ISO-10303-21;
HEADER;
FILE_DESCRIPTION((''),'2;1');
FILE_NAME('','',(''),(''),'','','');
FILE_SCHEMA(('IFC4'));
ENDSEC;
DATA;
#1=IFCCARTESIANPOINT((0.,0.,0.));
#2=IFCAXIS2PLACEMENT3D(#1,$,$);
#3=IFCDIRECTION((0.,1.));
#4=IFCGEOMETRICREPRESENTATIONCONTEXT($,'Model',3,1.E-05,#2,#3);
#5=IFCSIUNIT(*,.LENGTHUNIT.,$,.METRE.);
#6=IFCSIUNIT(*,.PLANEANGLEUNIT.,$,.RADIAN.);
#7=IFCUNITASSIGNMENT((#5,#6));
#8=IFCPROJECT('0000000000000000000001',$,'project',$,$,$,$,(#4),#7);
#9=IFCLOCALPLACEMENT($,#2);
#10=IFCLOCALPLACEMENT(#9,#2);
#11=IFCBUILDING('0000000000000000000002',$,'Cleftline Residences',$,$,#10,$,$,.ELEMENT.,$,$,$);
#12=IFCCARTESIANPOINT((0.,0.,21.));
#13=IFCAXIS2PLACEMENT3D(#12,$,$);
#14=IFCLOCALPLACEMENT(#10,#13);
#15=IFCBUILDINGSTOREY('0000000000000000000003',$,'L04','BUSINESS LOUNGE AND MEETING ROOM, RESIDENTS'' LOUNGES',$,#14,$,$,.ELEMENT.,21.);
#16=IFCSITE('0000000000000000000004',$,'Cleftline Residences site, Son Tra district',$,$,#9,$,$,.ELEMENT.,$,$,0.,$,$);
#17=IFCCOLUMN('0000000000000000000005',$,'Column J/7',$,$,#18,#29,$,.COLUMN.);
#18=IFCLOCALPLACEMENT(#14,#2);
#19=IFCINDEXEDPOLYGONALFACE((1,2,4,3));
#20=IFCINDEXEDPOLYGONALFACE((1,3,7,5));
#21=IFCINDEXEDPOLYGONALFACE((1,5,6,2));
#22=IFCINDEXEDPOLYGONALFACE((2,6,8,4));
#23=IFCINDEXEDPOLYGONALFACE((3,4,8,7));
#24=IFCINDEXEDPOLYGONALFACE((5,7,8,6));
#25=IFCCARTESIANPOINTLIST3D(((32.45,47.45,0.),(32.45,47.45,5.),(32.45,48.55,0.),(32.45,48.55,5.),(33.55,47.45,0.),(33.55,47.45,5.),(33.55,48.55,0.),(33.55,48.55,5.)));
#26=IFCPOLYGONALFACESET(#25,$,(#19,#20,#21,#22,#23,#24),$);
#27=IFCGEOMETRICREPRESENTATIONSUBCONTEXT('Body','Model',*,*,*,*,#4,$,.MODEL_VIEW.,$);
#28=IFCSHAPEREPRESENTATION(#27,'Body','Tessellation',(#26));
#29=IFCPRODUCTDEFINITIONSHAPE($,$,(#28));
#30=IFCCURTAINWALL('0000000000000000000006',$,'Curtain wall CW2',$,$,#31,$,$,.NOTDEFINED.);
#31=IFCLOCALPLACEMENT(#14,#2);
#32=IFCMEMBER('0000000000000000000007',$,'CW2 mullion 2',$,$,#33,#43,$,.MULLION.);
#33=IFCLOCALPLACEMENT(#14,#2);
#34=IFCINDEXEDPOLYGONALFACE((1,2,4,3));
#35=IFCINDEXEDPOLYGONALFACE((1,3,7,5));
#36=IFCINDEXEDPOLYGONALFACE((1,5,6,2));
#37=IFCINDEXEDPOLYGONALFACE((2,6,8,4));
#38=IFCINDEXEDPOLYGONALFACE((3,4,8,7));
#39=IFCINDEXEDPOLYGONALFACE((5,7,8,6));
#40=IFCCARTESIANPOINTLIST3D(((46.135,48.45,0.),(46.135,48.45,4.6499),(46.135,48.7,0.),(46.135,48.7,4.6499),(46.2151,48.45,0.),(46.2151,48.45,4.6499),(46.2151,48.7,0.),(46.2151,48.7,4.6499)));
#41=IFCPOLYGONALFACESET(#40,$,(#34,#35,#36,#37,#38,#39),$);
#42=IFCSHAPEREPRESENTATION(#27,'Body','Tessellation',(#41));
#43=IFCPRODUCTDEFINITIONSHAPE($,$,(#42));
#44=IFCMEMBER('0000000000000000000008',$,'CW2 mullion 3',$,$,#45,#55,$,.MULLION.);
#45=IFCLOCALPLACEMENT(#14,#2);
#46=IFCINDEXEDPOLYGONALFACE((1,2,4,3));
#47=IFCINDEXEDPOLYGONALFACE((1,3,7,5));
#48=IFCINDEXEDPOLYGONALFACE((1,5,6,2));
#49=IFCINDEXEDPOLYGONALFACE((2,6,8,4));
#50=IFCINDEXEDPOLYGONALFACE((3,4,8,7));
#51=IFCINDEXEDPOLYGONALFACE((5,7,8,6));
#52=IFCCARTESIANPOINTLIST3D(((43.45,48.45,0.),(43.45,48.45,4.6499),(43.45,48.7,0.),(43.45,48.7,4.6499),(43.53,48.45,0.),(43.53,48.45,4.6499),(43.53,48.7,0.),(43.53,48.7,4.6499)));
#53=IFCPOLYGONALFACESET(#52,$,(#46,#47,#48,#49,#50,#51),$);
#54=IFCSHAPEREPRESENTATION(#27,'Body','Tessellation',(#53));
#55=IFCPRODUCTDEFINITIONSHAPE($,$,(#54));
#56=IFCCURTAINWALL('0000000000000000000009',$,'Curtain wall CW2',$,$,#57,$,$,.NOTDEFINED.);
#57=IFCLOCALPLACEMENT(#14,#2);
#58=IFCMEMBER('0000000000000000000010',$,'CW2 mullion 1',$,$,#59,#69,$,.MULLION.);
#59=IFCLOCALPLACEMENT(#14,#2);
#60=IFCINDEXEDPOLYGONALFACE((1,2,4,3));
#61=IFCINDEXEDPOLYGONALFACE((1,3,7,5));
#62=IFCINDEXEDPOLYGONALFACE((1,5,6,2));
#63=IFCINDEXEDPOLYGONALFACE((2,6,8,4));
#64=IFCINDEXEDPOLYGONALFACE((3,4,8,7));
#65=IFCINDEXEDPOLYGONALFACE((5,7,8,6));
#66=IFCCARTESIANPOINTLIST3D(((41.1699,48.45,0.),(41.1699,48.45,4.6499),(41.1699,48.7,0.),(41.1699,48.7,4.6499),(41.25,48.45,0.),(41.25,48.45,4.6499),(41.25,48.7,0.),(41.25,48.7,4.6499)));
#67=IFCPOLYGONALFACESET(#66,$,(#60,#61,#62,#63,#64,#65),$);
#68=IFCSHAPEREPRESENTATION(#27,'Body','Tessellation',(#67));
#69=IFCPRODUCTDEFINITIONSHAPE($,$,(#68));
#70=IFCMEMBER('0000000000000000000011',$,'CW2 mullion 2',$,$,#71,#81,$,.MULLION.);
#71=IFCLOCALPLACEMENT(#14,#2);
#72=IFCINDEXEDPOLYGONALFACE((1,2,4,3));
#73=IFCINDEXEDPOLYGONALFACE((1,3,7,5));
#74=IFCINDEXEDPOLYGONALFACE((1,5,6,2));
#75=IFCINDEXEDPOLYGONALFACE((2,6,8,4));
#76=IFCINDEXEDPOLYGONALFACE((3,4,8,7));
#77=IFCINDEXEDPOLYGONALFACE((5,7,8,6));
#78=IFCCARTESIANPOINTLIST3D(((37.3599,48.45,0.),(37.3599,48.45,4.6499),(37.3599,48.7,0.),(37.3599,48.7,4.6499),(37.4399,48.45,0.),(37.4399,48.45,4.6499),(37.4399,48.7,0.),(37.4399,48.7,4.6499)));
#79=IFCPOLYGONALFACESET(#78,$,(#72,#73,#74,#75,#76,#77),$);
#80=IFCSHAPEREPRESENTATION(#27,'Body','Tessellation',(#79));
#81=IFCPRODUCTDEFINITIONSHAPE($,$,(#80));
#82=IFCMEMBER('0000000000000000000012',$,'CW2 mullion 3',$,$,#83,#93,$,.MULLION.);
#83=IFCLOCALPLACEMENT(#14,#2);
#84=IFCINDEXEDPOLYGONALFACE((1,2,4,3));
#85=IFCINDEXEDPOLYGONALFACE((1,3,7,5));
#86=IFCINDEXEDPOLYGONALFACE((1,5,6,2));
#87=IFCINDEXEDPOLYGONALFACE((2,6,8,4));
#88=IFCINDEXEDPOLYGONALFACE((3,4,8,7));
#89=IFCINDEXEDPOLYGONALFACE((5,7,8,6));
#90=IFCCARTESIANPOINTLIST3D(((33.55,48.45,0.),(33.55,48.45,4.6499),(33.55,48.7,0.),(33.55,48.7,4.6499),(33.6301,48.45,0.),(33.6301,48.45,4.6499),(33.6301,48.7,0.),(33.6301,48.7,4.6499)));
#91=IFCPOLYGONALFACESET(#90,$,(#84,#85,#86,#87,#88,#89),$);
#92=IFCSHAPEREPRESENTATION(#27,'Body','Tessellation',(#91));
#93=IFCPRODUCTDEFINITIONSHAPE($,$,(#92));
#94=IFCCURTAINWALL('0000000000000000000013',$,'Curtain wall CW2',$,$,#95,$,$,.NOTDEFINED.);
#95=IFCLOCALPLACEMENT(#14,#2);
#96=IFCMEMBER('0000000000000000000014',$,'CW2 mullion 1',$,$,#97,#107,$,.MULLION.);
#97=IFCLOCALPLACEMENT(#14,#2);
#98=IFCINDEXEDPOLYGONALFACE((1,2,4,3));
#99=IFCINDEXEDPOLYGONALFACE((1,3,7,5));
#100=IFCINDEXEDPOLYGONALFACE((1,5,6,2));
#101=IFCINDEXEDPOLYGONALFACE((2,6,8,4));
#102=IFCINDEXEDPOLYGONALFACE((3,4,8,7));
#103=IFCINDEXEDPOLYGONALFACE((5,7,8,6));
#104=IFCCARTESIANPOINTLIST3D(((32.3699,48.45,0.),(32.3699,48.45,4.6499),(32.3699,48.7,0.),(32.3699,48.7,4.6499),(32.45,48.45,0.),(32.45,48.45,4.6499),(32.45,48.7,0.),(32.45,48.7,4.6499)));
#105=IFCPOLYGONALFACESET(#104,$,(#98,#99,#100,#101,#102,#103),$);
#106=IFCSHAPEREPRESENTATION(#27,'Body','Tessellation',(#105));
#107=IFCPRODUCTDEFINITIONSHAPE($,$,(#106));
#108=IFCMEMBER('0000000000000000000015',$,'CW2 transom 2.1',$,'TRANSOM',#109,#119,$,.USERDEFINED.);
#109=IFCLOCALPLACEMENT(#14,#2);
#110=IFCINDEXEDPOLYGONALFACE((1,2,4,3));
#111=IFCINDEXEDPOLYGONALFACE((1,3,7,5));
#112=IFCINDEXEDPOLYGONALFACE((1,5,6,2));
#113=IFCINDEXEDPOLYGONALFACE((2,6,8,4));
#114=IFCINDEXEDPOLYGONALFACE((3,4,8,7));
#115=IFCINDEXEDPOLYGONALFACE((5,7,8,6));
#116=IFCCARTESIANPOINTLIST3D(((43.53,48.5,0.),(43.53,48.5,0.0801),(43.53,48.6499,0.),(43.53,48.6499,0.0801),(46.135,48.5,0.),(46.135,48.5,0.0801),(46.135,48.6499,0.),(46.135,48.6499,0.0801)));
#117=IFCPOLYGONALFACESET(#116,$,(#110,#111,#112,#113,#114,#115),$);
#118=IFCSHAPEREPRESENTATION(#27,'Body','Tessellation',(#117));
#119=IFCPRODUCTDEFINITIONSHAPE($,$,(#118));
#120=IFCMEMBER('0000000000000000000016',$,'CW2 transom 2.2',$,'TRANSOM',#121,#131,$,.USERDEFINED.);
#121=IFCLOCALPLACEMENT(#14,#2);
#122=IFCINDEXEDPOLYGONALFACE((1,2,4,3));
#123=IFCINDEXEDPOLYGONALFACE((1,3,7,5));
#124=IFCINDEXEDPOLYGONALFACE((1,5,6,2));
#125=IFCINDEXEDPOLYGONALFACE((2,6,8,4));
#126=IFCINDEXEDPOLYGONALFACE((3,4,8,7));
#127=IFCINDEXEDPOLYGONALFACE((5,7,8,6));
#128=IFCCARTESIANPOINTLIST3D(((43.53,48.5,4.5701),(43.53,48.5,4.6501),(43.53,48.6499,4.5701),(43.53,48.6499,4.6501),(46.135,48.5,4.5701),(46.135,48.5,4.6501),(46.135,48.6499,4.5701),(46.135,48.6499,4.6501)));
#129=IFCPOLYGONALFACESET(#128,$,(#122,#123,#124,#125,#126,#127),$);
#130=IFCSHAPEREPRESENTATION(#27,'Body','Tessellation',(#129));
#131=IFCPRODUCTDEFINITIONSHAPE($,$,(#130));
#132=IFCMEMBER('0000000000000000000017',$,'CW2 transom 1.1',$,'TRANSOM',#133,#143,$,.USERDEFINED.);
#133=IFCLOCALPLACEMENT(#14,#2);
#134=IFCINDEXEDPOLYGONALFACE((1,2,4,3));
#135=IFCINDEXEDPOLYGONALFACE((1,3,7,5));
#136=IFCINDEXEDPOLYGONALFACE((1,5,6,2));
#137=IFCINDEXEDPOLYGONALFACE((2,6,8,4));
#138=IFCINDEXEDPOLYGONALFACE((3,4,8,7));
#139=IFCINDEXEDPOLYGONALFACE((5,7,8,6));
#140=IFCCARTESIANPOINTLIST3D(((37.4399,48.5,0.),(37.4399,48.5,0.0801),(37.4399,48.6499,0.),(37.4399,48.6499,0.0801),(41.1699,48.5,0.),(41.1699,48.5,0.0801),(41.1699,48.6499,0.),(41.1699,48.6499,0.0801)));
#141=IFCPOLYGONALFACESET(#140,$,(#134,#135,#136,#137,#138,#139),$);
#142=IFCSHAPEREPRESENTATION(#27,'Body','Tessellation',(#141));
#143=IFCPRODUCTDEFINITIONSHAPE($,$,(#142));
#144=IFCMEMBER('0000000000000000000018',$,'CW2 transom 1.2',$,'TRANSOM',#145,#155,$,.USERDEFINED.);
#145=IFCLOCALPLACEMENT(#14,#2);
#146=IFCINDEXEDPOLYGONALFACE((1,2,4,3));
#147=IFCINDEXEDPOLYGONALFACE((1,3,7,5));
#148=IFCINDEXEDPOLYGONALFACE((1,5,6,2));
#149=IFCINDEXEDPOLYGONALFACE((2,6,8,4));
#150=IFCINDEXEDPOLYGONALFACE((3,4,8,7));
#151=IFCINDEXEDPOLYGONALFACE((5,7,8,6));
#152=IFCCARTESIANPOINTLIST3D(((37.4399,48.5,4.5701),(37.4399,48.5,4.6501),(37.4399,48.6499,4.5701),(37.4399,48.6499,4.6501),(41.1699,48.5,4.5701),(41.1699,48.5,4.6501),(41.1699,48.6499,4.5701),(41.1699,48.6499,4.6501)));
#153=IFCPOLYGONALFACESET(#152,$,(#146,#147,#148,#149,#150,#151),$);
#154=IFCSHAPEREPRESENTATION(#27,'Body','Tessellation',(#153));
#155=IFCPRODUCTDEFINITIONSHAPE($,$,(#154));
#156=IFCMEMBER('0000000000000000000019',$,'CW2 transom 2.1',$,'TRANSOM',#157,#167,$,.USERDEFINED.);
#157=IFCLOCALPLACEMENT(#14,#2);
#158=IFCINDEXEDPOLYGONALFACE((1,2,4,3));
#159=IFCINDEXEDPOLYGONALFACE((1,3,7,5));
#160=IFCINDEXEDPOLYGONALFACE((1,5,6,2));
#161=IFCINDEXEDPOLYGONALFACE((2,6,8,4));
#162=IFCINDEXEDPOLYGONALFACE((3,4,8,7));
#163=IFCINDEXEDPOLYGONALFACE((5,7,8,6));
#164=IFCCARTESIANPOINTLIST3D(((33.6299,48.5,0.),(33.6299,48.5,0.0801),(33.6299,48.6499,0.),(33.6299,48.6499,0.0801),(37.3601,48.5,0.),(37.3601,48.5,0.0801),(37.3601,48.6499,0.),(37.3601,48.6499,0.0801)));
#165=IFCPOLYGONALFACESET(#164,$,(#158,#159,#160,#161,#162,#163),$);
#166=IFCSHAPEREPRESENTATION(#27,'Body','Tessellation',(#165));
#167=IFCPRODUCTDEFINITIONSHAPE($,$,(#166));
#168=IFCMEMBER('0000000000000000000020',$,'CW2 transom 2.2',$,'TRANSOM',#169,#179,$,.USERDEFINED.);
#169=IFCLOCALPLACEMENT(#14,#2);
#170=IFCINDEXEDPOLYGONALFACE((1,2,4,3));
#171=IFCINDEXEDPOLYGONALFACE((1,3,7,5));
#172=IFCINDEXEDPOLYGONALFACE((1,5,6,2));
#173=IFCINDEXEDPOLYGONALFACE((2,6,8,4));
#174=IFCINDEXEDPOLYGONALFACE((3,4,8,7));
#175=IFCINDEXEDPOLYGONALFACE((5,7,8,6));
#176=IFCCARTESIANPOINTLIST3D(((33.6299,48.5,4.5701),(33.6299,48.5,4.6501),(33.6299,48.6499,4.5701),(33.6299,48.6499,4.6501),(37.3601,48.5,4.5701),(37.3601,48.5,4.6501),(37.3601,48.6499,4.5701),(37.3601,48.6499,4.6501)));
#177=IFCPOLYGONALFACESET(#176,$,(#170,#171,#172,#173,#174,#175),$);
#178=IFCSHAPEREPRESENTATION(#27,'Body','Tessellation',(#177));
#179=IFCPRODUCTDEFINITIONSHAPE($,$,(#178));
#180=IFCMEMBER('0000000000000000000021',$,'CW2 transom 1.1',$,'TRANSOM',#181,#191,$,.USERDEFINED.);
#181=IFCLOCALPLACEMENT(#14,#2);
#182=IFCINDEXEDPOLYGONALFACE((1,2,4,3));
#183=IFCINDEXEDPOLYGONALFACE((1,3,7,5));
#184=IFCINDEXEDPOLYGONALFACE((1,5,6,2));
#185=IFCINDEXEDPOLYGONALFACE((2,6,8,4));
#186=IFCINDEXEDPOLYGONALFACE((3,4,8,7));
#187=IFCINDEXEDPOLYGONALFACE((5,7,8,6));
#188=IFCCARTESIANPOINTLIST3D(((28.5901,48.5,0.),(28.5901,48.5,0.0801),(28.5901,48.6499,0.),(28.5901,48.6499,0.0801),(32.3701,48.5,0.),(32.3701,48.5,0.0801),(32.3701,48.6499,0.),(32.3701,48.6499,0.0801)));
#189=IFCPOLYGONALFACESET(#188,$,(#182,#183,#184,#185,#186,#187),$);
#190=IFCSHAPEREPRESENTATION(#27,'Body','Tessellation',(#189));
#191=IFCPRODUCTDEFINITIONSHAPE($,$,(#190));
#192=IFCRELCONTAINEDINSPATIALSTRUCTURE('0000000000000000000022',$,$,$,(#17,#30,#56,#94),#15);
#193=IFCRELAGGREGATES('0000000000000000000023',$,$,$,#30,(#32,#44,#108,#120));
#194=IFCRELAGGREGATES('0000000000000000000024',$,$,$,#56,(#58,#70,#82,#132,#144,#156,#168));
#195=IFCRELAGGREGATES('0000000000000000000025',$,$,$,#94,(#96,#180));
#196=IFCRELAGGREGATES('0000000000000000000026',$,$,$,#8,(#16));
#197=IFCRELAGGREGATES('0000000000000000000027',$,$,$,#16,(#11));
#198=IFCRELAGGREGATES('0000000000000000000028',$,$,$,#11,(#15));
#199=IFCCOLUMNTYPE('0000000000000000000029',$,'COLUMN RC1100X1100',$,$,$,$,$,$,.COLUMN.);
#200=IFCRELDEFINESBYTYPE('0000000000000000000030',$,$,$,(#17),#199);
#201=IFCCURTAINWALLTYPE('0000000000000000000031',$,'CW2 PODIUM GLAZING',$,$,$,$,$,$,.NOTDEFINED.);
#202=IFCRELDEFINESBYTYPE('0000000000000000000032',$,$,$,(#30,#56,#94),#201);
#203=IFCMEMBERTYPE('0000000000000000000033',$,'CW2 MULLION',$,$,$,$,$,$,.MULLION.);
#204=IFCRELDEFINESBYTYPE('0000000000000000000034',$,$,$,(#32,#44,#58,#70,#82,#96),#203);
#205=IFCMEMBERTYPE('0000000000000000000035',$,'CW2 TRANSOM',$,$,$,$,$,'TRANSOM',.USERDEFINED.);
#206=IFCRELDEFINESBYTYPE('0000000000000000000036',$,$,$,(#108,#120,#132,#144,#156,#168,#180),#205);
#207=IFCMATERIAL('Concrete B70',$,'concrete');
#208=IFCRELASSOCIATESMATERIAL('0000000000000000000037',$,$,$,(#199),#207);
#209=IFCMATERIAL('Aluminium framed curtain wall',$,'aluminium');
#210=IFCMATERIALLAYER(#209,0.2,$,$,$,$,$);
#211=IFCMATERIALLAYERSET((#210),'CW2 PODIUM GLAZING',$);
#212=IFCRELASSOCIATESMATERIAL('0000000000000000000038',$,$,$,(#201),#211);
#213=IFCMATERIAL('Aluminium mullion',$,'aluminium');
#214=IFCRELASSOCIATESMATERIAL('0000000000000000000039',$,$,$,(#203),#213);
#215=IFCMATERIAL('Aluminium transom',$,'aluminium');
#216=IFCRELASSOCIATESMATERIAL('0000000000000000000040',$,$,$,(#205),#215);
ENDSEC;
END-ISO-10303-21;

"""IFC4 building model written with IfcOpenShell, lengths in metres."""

from ifc_helpers import new_model, si_unit, direction, frame, origin, origin_2d, place, context, subcontext, project, spatial, rectangle, extrude, material, layer, layer_set, material_profile, profile_set, type_object, element, aggregate, save


model = new_model("IFC4")

# Units and contexts
model_context = context("Model", 3, precision=1e-05, world=origin(), true_north=direction((0.0, 1.0)))
body_context = subcontext(model_context, "Body", "Model", "MODEL_VIEW")
ifc_project = project(units=[si_unit("LENGTHUNIT", "METRE"), si_unit("PLANEANGLEUNIT", "RADIAN")], contexts=[model_context])

# Site, building, storey
site_placement = place(None, origin())
site = spatial("IfcSite", under=ifc_project, at=site_placement, Name="Cleftline Residences site, Son Tra district", CompositionType="ELEMENT", RefElevation=0.0)
building_placement = place(site_placement, origin())
building = spatial("IfcBuilding", under=site, at=building_placement, Name="Cleftline Residences", CompositionType="ELEMENT")
storey_placement = place(building_placement, frame((0.0, 0.0, 21.0)))
storey = spatial("IfcBuildingStorey", under=building, at=storey_placement, Name="L04", Description="BUSINESS LOUNGE AND MEETING ROOM, RESIDENTS' LOUNGES", CompositionType="ELEMENT", Elevation=21.0)

# Column
ifc_material_1 = material(Name="Concrete B70", Category="concrete")
ifc_material_profile_1 = material_profile(ifc_material_1, rectangle(XDim=1.1001, YDim=1.1001, at=origin_2d()))
ifc_profile_set_1 = profile_set([ifc_material_profile_1], Name="Concrete B70")
column_type = type_object("IfcColumnType", Name="COLUMN RC1100X1100", PredefinedType="COLUMN", material=ifc_profile_set_1)
column_placement = place(storey_placement, frame((33.0, 48.0, 0.0), z_axis=(0.0, 0.0, 1.0), x_axis=(1.0, 0.0, 0.0)))
element("IfcColumn", 1, at=column_placement, inside=storey, type_object=column_type, Name="Column J/7", PredefinedType="COLUMN", context=body_context, shape_type="SweptSolid", body=[
    extrude(rectangle(XDim=1.1001, YDim=1.1001, at=origin_2d()), origin(), (0.0, 0.0, 1.0), 5.0),
])

# Curtain walls, members
ifc_material_2 = material(Name="Aluminium framed curtain wall", Category="aluminium")
ifc_layer_1 = layer(ifc_material_2, 0.2)
ifc_layer_set_1 = layer_set([ifc_layer_1], Name="CW2 PODIUM GLAZING")
curtain_wall_type = type_object("IfcCurtainWallType", Name="CW2 PODIUM GLAZING", PredefinedType="NOTDEFINED", material=ifc_layer_set_1)
curtain_wall_1_placement = place(storey_placement, origin())
curtain_wall_1 = element("IfcCurtainWall", 2, at=curtain_wall_1_placement, inside=storey, type_object=curtain_wall_type, Name="Curtain wall CW2", PredefinedType="NOTDEFINED")
ifc_material_3 = material(Name="Aluminium mullion", Category="aluminium")
ifc_material_profile_2 = material_profile(ifc_material_3, rectangle(XDim=0.25, YDim=0.0801, at=origin_2d()))
ifc_profile_set_2 = profile_set([ifc_material_profile_2], Name="Aluminium mullion")
member_type_1 = type_object("IfcMemberType", Name="CW2 MULLION", PredefinedType="MULLION", material=ifc_profile_set_2)
member_1_placement = place(storey_placement, frame((46.175, 48.575, 0.0), z_axis=(0.0, 0.0, 1.0), x_axis=(0.0, -1.0, 0.0)))
member_1 = element("IfcMember", 3, at=member_1_placement, type_object=member_type_1, Name="CW2 mullion 2", PredefinedType="MULLION", context=body_context, shape_type="SweptSolid", body=[
    extrude(rectangle(XDim=0.25, YDim=0.0801, at=origin_2d()), origin(), (0.0, 0.0, 1.0), 4.6499),
])
member_2_placement = place(storey_placement, frame((43.49, 48.575, 0.0), z_axis=(0.0, 0.0, 1.0), x_axis=(0.0, -1.0, 0.0)))
member_2 = element("IfcMember", 4, at=member_2_placement, type_object=member_type_1, Name="CW2 mullion 3", PredefinedType="MULLION", context=body_context, shape_type="SweptSolid", body=[
    extrude(rectangle(XDim=0.25, YDim=0.0801, at=origin_2d()), origin(), (0.0, 0.0, 1.0), 4.6499),
])
curtain_wall_2_placement = place(storey_placement, origin())
curtain_wall_2 = element("IfcCurtainWall", 5, at=curtain_wall_2_placement, inside=storey, type_object=curtain_wall_type, Name="Curtain wall CW2", PredefinedType="NOTDEFINED")
member_3_placement = place(storey_placement, frame((41.21, 48.575, 0.0), z_axis=(0.0, 0.0, 1.0), x_axis=(0.0, -1.0, 0.0)))
member_3 = element("IfcMember", 6, at=member_3_placement, type_object=member_type_1, Name="CW2 mullion 1", PredefinedType="MULLION", context=body_context, shape_type="SweptSolid", body=[
    extrude(rectangle(XDim=0.25, YDim=0.0801, at=origin_2d()), origin(), (0.0, 0.0, 1.0), 4.6499),
])
member_4_placement = place(storey_placement, frame((37.3999, 48.575, 0.0), z_axis=(0.0, 0.0, 1.0), x_axis=(0.0, -1.0, 0.0)))
member_4 = element("IfcMember", 7, at=member_4_placement, type_object=member_type_1, Name="CW2 mullion 2", PredefinedType="MULLION", context=body_context, shape_type="SweptSolid", body=[
    extrude(rectangle(XDim=0.25, YDim=0.0801, at=origin_2d()), origin(), (0.0, 0.0, 1.0), 4.6499),
])
member_5_placement = place(storey_placement, frame((33.5901, 48.575, 0.0), z_axis=(0.0, 0.0, 1.0), x_axis=(0.0, -1.0, 0.0)))
member_5 = element("IfcMember", 8, at=member_5_placement, type_object=member_type_1, Name="CW2 mullion 3", PredefinedType="MULLION", context=body_context, shape_type="SweptSolid", body=[
    extrude(rectangle(XDim=0.25, YDim=0.0801, at=origin_2d()), origin(), (0.0, 0.0, 1.0), 4.6499),
])

# Curtain wall, member
curtain_wall_3_placement = place(storey_placement, origin())
curtain_wall_3 = element("IfcCurtainWall", 9, at=curtain_wall_3_placement, inside=storey, type_object=curtain_wall_type, Name="Curtain wall CW2", PredefinedType="NOTDEFINED")
member_6_placement = place(storey_placement, frame((32.4099, 48.575, 0.0), z_axis=(0.0, 0.0, 1.0), x_axis=(0.0, -1.0, 0.0)))
member_6 = element("IfcMember", 10, at=member_6_placement, type_object=member_type_1, Name="CW2 mullion 1", PredefinedType="MULLION", context=body_context, shape_type="SweptSolid", body=[
    extrude(rectangle(XDim=0.25, YDim=0.0801, at=origin_2d()), origin(), (0.0, 0.0, 1.0), 4.6499),
])

# Members
ifc_material_4 = material(Name="Aluminium transom", Category="aluminium")
ifc_material_profile_3 = material_profile(ifc_material_4, rectangle(XDim=0.1499, YDim=0.0801, at=origin_2d()))
ifc_profile_set_3 = profile_set([ifc_material_profile_3], Name="Aluminium transom")
member_type_2 = type_object("IfcMemberType", Name="CW2 TRANSOM", ElementType="TRANSOM", PredefinedType="USERDEFINED", material=ifc_profile_set_3)
member_7_placement = place(storey_placement, frame((46.135, 48.575, 0.04), z_axis=(-1.0, 0.0, 0.0), x_axis=(0.0, -1.0, 0.0)))
member_7 = element("IfcMember", 11, at=member_7_placement, type_object=member_type_2, Name="CW2 transom 2.1", ObjectType="TRANSOM", PredefinedType="USERDEFINED", context=body_context, shape_type="SweptSolid", body=[
    extrude(rectangle(XDim=0.1499, YDim=0.0801, at=origin_2d()), origin(), (0.0, 0.0, 1.0), 2.605),
])
member_8_placement = place(storey_placement, frame((46.135, 48.575, 4.6101), z_axis=(-1.0, 0.0, 0.0), x_axis=(0.0, -1.0, 0.0)))
member_8 = element("IfcMember", 12, at=member_8_placement, type_object=member_type_2, Name="CW2 transom 2.2", ObjectType="TRANSOM", PredefinedType="USERDEFINED", context=body_context, shape_type="SweptSolid", body=[
    extrude(rectangle(XDim=0.1499, YDim=0.0801, at=origin_2d()), origin(), (0.0, 0.0, 1.0), 2.605),
])
member_9_placement = place(storey_placement, frame((41.1699, 48.575, 0.04), z_axis=(-1.0, 0.0, 0.0), x_axis=(0.0, -1.0, 0.0)))
member_9 = element("IfcMember", 13, at=member_9_placement, type_object=member_type_2, Name="CW2 transom 1.1", ObjectType="TRANSOM", PredefinedType="USERDEFINED", context=body_context, shape_type="SweptSolid", body=[
    extrude(rectangle(XDim=0.1499, YDim=0.0801, at=origin_2d()), origin(), (0.0, 0.0, 1.0), 3.73),
])
member_10_placement = place(storey_placement, frame((41.1699, 48.575, 4.6101), z_axis=(-1.0, 0.0, 0.0), x_axis=(0.0, -1.0, 0.0)))
member_10 = element("IfcMember", 14, at=member_10_placement, type_object=member_type_2, Name="CW2 transom 1.2", ObjectType="TRANSOM", PredefinedType="USERDEFINED", context=body_context, shape_type="SweptSolid", body=[
    extrude(rectangle(XDim=0.1499, YDim=0.0801, at=origin_2d()), origin(), (0.0, 0.0, 1.0), 3.73),
])
member_11_placement = place(storey_placement, frame((37.3601, 48.575, 0.04), z_axis=(-1.0, 0.0, 0.0), x_axis=(0.0, -1.0, 0.0)))
member_11 = element("IfcMember", 15, at=member_11_placement, type_object=member_type_2, Name="CW2 transom 2.1", ObjectType="TRANSOM", PredefinedType="USERDEFINED", context=body_context, shape_type="SweptSolid", body=[
    extrude(rectangle(XDim=0.1499, YDim=0.0801, at=origin_2d()), origin(), (0.0, 0.0, 1.0), 3.7302),
])
member_12_placement = place(storey_placement, frame((37.3601, 48.575, 4.6101), z_axis=(-1.0, 0.0, 0.0), x_axis=(0.0, -1.0, 0.0)))
member_12 = element("IfcMember", 16, at=member_12_placement, type_object=member_type_2, Name="CW2 transom 2.2", ObjectType="TRANSOM", PredefinedType="USERDEFINED", context=body_context, shape_type="SweptSolid", body=[
    extrude(rectangle(XDim=0.1499, YDim=0.0801, at=origin_2d()), origin(), (0.0, 0.0, 1.0), 3.7302),
])
member_13_placement = place(storey_placement, frame((32.3701, 48.575, 0.04), z_axis=(-1.0, 0.0, 0.0), x_axis=(0.0, -1.0, 0.0)))
member_13 = element("IfcMember", 17, at=member_13_placement, type_object=member_type_2, Name="CW2 transom 1.1", ObjectType="TRANSOM", PredefinedType="USERDEFINED", context=body_context, shape_type="SweptSolid", body=[
    extrude(rectangle(XDim=0.1499, YDim=0.0801, at=origin_2d()), origin(), (0.0, 0.0, 1.0), 3.78),
])

aggregate(curtain_wall_1, [member_1, member_2, member_7, member_8])
aggregate(curtain_wall_2, [member_3, member_4, member_5, member_9, member_10, member_11, member_12])
aggregate(curtain_wall_3, [member_6, member_13])

save(model, "model.ifc")
